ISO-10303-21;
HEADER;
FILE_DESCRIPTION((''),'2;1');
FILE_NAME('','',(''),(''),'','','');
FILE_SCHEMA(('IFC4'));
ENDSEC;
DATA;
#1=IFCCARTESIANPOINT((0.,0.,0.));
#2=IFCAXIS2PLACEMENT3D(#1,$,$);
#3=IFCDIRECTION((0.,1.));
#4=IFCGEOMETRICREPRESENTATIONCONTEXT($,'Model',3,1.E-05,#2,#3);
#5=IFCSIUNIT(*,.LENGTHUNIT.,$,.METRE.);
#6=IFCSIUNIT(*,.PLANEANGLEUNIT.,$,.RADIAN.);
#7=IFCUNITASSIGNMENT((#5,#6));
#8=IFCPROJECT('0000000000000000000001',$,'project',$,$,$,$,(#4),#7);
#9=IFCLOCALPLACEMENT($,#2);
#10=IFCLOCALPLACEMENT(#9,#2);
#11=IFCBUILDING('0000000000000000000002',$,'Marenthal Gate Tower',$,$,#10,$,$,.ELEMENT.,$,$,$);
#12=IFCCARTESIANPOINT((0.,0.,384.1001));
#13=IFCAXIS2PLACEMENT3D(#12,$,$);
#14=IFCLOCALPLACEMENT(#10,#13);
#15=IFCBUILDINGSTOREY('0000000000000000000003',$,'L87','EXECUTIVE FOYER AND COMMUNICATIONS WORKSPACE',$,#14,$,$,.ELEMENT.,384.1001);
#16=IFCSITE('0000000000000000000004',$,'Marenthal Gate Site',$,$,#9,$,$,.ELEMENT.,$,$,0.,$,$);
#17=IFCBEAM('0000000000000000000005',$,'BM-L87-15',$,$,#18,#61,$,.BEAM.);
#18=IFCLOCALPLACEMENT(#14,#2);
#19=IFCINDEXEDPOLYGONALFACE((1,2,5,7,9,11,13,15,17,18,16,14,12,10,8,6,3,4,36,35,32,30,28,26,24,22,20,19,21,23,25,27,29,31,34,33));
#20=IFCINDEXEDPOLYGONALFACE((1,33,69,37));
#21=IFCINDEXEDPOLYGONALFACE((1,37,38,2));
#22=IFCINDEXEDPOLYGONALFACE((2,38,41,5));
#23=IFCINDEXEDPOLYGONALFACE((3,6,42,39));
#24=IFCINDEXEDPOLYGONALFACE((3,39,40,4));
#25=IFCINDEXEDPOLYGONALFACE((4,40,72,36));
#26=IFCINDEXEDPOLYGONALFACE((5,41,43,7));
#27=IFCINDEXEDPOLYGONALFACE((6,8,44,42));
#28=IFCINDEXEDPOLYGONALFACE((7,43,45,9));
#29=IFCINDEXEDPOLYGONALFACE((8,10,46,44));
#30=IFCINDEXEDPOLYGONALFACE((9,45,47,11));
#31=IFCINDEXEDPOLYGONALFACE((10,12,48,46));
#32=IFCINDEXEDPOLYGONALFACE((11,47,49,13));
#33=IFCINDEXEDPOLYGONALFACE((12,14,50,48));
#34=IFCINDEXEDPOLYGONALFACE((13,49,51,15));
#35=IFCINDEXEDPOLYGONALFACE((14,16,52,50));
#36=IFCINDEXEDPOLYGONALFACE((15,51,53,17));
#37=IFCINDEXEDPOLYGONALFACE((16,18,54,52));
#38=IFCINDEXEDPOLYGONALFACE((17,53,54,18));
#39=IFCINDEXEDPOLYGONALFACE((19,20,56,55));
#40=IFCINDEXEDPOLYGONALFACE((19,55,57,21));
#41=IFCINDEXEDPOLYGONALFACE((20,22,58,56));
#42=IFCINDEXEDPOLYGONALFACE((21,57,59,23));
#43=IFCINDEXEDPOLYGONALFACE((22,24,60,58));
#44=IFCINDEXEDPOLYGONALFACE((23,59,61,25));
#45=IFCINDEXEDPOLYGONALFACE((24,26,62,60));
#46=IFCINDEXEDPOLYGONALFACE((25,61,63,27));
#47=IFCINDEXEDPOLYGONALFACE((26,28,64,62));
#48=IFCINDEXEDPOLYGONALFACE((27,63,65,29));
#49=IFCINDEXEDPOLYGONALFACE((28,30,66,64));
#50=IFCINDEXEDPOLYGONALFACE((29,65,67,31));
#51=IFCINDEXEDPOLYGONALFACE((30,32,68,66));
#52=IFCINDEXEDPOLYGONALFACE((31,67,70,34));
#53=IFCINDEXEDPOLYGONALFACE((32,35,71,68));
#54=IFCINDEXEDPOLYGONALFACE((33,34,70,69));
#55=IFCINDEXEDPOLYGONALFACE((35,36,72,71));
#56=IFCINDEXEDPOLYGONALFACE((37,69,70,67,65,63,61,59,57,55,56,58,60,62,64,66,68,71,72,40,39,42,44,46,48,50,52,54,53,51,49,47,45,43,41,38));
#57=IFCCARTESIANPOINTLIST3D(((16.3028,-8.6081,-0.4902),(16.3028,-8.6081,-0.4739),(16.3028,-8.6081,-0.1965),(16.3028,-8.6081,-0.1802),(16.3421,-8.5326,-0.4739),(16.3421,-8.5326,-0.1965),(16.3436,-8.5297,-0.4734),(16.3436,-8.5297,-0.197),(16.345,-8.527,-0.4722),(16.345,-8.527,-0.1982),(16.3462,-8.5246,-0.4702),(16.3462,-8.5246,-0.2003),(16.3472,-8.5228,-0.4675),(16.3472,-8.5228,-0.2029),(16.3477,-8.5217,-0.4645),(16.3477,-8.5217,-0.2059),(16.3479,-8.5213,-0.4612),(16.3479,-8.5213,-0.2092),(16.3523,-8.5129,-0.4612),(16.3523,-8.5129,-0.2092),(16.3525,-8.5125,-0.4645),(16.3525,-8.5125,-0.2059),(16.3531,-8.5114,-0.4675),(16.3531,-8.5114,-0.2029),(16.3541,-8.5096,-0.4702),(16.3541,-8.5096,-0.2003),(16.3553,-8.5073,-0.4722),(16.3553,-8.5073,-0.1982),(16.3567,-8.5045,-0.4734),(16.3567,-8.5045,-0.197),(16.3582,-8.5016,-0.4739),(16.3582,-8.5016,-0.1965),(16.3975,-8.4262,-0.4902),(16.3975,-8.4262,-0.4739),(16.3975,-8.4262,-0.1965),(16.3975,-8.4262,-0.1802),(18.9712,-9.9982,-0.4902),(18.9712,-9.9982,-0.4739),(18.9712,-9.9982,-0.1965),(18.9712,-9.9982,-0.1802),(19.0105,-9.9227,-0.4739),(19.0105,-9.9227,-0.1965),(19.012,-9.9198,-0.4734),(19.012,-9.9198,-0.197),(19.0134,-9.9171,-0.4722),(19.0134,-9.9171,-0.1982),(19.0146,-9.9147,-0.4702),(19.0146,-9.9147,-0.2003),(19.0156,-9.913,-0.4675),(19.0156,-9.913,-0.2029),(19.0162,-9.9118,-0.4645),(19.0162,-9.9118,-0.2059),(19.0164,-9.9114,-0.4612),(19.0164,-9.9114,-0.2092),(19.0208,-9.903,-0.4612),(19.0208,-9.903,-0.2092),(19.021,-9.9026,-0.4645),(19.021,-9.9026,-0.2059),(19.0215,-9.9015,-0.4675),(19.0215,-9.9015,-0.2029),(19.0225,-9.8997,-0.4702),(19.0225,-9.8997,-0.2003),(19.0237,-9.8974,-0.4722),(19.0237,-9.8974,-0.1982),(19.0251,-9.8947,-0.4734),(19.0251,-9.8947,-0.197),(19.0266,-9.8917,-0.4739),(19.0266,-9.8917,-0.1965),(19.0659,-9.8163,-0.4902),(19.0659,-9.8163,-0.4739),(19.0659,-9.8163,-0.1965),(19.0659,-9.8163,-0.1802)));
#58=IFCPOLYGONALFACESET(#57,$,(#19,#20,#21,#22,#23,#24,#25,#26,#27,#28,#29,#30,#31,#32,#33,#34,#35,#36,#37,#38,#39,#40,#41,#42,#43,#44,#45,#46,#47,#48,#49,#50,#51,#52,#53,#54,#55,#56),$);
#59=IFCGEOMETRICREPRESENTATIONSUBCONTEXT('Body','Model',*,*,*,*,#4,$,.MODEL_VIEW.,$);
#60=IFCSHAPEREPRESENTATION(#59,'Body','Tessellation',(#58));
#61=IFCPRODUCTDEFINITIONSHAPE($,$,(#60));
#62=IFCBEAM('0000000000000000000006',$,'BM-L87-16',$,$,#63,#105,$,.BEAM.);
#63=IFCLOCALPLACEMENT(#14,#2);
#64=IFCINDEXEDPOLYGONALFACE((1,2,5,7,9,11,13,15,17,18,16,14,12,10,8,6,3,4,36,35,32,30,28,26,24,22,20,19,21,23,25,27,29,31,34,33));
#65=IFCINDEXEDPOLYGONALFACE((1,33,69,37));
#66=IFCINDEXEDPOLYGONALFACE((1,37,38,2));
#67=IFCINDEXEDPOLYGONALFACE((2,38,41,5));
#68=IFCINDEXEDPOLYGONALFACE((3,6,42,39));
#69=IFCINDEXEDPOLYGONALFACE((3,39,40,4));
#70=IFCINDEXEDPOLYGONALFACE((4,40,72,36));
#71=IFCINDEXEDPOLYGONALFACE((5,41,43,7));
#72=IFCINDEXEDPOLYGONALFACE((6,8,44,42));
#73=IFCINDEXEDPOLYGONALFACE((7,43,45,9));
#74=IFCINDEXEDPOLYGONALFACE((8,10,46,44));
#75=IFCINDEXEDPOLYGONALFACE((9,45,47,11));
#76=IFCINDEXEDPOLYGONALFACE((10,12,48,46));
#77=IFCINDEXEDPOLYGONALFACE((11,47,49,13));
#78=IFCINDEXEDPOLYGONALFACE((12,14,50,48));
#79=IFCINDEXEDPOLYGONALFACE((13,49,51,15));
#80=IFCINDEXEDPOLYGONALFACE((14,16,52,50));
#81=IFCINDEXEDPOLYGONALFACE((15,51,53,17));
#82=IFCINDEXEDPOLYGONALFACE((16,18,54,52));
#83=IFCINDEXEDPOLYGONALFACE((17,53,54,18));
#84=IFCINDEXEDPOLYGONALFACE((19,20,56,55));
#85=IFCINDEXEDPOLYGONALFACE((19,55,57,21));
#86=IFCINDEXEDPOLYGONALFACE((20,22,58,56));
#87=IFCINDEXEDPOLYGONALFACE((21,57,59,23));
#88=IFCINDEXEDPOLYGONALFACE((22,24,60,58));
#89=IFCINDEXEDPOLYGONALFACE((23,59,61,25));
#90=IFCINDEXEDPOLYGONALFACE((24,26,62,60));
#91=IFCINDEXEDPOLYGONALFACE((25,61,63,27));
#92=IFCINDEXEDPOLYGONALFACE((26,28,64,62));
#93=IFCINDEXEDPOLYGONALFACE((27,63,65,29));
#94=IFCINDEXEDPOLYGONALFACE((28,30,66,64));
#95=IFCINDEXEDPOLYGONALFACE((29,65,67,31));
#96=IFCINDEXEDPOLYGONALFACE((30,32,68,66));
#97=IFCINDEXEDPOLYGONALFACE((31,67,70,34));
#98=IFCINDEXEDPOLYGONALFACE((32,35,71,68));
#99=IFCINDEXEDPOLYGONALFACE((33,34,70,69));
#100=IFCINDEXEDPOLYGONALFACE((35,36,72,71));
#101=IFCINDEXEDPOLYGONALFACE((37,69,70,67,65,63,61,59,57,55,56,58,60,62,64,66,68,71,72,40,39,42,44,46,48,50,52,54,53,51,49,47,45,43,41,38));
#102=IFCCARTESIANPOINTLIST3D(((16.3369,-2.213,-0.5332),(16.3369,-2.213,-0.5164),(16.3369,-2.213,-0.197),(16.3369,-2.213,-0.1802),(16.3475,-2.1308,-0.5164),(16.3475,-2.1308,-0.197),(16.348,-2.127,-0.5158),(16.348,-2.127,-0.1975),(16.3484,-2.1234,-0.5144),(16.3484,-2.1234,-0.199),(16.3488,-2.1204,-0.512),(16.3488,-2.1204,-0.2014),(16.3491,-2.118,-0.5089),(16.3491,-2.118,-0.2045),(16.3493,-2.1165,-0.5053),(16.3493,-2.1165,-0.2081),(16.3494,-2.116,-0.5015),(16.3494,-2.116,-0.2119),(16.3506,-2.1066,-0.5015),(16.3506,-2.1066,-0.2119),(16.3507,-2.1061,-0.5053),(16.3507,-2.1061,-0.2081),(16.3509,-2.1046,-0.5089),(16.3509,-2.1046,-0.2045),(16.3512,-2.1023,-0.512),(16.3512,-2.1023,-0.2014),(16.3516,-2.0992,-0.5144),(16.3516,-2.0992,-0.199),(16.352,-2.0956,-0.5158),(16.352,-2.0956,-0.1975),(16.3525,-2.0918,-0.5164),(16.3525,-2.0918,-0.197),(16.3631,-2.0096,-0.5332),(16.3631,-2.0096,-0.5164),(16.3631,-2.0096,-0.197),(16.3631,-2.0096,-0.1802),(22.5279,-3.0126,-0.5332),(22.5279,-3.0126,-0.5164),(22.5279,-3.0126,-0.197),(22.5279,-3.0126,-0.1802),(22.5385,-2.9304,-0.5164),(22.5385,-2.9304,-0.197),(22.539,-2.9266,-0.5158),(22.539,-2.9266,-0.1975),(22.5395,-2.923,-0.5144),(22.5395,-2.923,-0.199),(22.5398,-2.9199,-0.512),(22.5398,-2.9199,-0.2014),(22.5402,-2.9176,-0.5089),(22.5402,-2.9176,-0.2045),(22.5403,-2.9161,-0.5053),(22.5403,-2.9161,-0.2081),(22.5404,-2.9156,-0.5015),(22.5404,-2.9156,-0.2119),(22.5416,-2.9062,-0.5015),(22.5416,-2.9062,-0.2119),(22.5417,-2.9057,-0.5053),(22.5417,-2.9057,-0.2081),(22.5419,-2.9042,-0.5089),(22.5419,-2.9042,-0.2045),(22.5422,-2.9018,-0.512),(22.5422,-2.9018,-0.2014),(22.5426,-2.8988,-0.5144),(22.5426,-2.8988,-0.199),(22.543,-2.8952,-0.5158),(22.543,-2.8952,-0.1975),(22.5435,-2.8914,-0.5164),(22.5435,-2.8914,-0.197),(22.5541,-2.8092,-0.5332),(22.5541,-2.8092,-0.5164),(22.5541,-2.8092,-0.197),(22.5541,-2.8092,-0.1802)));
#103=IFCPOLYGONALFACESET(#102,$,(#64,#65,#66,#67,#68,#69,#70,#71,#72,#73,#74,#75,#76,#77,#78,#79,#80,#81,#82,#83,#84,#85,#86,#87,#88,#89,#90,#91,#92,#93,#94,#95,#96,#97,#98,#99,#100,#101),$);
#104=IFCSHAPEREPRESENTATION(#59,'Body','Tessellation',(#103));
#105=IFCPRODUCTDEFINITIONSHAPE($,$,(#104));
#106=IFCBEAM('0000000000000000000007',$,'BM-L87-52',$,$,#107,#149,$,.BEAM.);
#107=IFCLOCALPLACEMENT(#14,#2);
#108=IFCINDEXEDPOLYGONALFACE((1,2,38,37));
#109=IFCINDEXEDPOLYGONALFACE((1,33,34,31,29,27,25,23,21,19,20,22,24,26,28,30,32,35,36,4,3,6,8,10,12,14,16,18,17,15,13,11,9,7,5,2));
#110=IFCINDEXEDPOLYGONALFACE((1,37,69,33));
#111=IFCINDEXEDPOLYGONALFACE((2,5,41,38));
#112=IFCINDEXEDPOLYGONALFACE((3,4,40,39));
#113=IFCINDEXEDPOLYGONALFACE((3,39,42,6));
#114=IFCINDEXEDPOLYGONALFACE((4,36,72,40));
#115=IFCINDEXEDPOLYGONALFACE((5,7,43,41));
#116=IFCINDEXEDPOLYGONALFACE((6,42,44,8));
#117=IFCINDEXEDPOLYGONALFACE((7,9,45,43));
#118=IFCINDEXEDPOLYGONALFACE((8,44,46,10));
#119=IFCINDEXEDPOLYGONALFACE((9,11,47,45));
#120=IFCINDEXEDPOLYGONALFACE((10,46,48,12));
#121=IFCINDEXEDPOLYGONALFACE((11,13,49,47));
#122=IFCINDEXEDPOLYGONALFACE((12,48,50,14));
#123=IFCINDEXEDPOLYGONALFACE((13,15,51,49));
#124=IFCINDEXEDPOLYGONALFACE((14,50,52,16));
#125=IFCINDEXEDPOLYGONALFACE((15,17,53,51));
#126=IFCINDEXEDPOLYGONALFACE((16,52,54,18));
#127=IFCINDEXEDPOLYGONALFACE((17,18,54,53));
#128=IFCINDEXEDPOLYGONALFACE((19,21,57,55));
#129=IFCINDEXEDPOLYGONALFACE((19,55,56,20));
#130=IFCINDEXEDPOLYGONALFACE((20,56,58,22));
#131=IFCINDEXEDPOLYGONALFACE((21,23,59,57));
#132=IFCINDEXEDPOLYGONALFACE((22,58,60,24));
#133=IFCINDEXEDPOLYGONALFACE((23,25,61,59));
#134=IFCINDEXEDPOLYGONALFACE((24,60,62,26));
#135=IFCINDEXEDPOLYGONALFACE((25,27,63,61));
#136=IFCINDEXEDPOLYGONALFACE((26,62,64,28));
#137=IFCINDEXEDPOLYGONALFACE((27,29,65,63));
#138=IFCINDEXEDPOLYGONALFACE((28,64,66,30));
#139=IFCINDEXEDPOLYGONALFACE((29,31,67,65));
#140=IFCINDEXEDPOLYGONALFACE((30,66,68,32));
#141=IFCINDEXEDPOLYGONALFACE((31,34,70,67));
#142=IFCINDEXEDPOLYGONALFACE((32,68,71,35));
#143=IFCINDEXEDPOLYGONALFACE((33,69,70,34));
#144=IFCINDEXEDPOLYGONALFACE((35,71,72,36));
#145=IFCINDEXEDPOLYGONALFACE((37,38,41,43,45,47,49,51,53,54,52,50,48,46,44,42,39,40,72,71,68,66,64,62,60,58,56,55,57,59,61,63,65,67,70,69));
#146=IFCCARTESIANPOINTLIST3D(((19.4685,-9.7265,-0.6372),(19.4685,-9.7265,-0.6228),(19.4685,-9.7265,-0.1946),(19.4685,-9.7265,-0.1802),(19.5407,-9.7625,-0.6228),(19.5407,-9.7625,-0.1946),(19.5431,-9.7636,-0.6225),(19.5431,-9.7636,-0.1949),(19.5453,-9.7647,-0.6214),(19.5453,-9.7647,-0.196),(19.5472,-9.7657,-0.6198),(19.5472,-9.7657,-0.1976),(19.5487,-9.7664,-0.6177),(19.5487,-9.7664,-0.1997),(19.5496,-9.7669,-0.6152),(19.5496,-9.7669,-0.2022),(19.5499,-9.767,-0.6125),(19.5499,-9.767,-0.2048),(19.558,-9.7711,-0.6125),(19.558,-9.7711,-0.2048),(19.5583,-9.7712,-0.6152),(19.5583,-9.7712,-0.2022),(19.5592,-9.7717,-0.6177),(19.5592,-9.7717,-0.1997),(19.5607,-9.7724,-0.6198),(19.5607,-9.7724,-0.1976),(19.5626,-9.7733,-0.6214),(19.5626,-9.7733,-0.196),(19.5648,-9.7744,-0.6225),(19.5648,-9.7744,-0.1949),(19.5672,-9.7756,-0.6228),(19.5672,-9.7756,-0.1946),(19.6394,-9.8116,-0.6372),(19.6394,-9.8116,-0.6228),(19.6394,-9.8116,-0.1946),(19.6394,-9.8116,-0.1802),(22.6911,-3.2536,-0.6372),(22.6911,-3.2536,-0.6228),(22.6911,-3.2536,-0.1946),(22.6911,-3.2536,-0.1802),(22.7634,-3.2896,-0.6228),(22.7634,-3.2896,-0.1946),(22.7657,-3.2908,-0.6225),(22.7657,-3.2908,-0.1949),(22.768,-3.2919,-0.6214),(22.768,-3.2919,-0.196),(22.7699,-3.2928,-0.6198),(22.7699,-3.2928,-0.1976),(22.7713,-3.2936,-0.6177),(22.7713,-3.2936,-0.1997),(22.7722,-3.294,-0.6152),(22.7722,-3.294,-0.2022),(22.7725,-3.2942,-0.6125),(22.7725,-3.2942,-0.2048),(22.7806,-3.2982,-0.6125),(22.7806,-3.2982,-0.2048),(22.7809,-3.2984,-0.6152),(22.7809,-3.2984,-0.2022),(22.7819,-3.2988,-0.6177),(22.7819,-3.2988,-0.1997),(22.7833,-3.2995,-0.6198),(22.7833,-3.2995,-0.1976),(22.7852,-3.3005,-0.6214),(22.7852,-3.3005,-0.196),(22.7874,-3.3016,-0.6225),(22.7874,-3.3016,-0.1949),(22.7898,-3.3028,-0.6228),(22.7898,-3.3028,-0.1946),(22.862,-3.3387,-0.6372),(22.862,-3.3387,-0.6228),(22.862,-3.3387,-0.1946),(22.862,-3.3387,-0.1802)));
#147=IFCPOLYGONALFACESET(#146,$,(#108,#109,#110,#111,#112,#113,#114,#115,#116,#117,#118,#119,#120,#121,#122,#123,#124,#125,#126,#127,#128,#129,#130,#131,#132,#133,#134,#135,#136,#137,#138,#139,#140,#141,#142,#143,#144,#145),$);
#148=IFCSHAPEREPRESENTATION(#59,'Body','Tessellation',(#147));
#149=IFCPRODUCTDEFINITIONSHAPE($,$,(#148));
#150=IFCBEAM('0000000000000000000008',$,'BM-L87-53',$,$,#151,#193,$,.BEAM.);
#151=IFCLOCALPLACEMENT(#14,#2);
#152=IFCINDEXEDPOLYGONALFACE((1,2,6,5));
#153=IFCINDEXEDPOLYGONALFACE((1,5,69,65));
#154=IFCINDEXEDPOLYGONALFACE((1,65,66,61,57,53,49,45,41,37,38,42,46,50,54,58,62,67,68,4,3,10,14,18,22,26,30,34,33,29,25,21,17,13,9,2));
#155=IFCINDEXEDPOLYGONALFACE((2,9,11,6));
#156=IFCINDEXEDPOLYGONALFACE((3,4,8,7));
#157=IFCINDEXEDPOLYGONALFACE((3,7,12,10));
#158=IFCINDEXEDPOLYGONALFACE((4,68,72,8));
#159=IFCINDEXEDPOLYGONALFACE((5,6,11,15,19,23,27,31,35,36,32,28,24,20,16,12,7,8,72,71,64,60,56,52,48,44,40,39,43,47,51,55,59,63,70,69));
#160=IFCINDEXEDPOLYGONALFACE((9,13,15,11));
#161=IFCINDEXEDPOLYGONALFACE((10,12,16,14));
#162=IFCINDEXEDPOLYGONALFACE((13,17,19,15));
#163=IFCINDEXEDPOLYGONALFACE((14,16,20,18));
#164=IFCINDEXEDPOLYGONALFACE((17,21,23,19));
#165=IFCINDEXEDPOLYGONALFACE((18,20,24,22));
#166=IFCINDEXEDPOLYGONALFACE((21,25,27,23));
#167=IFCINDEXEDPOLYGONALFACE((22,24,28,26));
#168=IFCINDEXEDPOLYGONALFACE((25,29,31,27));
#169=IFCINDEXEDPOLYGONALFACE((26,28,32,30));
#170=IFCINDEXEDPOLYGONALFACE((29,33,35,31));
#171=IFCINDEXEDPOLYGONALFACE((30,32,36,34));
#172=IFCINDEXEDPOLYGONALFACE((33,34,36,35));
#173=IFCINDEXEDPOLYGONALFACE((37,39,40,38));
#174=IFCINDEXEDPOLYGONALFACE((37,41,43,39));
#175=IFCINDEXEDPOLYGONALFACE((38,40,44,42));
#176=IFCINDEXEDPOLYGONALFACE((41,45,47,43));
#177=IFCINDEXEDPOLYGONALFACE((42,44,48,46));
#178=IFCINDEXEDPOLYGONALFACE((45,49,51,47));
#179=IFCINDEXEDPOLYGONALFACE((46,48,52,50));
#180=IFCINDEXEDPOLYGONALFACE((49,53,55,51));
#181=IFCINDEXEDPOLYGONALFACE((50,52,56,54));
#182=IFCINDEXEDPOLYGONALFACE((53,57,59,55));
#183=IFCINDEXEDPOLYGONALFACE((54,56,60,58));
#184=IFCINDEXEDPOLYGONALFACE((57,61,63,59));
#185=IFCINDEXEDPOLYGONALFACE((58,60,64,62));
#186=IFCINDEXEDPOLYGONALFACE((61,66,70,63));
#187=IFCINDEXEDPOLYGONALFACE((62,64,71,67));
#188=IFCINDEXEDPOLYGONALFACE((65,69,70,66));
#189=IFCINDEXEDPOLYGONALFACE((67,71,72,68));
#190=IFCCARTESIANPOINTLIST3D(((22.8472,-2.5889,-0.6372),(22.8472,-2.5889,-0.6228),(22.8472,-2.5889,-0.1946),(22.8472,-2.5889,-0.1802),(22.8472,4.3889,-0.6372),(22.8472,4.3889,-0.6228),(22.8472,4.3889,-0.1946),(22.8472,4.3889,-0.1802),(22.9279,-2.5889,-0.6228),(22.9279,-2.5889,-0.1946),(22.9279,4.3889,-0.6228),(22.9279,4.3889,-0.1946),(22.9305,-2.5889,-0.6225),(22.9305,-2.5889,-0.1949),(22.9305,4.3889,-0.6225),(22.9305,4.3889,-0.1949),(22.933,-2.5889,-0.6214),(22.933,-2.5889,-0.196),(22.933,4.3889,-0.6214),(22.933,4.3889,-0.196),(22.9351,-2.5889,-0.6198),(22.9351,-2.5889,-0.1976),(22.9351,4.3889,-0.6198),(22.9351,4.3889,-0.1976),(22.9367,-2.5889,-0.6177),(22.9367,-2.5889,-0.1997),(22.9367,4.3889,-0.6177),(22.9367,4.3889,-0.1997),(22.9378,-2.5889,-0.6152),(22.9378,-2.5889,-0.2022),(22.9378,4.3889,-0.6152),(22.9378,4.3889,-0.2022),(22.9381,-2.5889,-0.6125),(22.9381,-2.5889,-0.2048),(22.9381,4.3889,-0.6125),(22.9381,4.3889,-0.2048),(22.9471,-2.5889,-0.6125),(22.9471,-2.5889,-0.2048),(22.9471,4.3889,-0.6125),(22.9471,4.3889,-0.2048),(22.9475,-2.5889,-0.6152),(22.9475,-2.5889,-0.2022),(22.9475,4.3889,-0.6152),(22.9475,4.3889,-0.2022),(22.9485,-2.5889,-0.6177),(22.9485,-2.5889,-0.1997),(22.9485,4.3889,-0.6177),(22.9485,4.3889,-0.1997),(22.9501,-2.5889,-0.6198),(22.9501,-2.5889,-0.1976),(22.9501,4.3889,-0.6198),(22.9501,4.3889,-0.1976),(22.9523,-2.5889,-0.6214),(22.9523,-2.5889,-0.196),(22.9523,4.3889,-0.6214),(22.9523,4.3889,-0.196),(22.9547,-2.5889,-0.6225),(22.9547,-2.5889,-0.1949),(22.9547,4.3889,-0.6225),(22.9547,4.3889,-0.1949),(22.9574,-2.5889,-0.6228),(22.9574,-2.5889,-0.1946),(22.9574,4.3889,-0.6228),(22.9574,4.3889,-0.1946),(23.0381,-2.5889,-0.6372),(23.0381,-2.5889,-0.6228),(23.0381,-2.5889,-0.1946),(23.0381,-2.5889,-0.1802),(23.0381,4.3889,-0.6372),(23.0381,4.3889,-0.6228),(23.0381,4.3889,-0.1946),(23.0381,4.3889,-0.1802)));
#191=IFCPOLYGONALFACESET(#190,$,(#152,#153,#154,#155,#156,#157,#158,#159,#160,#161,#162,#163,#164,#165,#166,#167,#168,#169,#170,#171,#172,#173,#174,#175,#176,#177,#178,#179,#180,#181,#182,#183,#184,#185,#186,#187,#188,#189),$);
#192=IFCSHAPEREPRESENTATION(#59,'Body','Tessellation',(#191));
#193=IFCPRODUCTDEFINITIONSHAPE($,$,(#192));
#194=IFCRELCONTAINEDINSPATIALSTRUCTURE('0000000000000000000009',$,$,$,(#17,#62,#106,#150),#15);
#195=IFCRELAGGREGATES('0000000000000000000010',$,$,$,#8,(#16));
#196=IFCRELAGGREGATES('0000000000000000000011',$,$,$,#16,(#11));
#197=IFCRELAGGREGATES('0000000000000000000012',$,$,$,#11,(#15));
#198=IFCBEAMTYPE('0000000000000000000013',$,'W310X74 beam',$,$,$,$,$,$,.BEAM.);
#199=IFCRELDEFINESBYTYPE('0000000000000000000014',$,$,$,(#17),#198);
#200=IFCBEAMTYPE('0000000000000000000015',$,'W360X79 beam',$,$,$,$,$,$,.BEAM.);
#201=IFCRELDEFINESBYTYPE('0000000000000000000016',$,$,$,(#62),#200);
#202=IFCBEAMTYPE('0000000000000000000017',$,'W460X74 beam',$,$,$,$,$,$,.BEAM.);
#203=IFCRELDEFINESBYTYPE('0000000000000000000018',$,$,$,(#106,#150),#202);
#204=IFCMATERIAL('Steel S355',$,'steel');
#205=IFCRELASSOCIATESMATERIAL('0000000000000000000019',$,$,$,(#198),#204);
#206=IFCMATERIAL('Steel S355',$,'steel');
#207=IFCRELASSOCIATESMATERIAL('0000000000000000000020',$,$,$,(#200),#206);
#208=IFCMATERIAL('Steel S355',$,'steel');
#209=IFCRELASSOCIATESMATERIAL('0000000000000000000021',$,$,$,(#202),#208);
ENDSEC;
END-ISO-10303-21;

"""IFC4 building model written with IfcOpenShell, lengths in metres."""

from ifc_helpers import new_model, si_unit, direction, frame, origin, origin_2d, place, context, subcontext, project, spatial, i_section, extrude, material, material_profile, profile_set, type_object, element, save


model = new_model("IFC4")

# Units and contexts
model_context = context("Model", 3, precision=1e-05, world=origin(), true_north=direction((0.0, 1.0)))
body_context = subcontext(model_context, "Body", "Model", "MODEL_VIEW")
ifc_project = project(units=[si_unit("LENGTHUNIT", "METRE"), si_unit("PLANEANGLEUNIT", "RADIAN")], contexts=[model_context])

# Site, building, storey
site_placement = place(None, origin())
site = spatial("IfcSite", under=ifc_project, at=site_placement, Name="Marenthal Gate Site", CompositionType="ELEMENT", RefElevation=0.0)
building_placement = place(site_placement, origin())
building = spatial("IfcBuilding", under=site, at=building_placement, Name="Marenthal Gate Tower", CompositionType="ELEMENT")
storey_placement = place(building_placement, frame((0.0, 0.0, 384.1001)))
storey = spatial("IfcBuildingStorey", under=building, at=storey_placement, Name="L87", Description="EXECUTIVE FOYER AND COMMUNICATIONS WORKSPACE", CompositionType="ELEMENT", Elevation=384.1001)

# Beams
ifc_material_1 = material(Name="Steel S355", Category="steel")
ifc_material_profile_1 = material_profile(ifc_material_1, i_section(OverallWidth=0.2051, OverallDepth=0.3101, WebThickness=0.0095, FlangeThickness=0.0164, FilletRadius=0.0127, at=origin_2d()), Name="W310X74")
ifc_profile_set_1 = profile_set([ifc_material_profile_1], Name="Steel S355")
beam_type_1 = type_object("IfcBeamType", Name="W310X74 beam", PredefinedType="BEAM", material=ifc_profile_set_1)
beam_1_placement = place(storey_placement, frame((19.0186, -9.9072, -0.3352), z_axis=(-0.886871, 0.462017, 0.0), x_axis=(-0.462017, -0.886871, 0.0)))
element("IfcBeam", 1, at=beam_1_placement, inside=storey, type_object=beam_type_1, Name="BM-L87-15", PredefinedType="BEAM", context=body_context, shape_type="SweptSolid", body=[
    extrude(i_section(OverallWidth=0.2051, OverallDepth=0.3101, WebThickness=0.0095, FlangeThickness=0.0164, FilletRadius=0.0127, at=origin_2d()), origin(), (0.0, 0.0, 1.0), 3.0088),
])
ifc_material_2 = material(Name="Steel S355", Category="steel")
ifc_material_profile_2 = material_profile(ifc_material_2, i_section(OverallWidth=0.2051, OverallDepth=0.353, WebThickness=0.0095, FlangeThickness=0.0168, FilletRadius=0.0149, at=origin_2d()), Name="W360X79")
ifc_profile_set_2 = profile_set([ifc_material_profile_2], Name="Steel S355")
beam_type_2 = type_object("IfcBeamType", Name="W360X79 beam", PredefinedType="BEAM", material=ifc_profile_set_2)
beam_2_placement = place(storey_placement, frame((22.541, -2.9109, -0.3567), z_axis=(-0.991763, 0.128087, 0.0), x_axis=(-0.128087, -0.991763, 0.0)))
element("IfcBeam", 2, at=beam_2_placement, inside=storey, type_object=beam_type_2, Name="BM-L87-16", PredefinedType="BEAM", context=body_context, shape_type="SweptSolid", body=[
    extrude(i_section(OverallWidth=0.2051, OverallDepth=0.353, WebThickness=0.0095, FlangeThickness=0.0168, FilletRadius=0.0149, at=origin_2d()), origin(), (0.0, 0.0, 1.0), 6.2424),
])
ifc_material_3 = material(Name="Steel S355", Category="steel")
ifc_material_profile_3 = material_profile(ifc_material_3, i_section(OverallWidth=0.1909, OverallDepth=0.457, WebThickness=0.009, FlangeThickness=0.0144, FilletRadius=0.0103, at=origin_2d()), Name="W460X74")
ifc_profile_set_3 = profile_set([ifc_material_profile_3], Name="Steel S355")
beam_type_3 = type_object("IfcBeamType", Name="W460X74 beam", PredefinedType="BEAM", material=ifc_profile_set_3)
beam_3_placement = place(storey_placement, frame((19.554, -9.769, -0.4087), z_axis=(0.445687, 0.895189, 0.0), x_axis=(-0.895189, 0.445687, 0.0)))
element("IfcBeam", 3, at=beam_3_placement, inside=storey, type_object=beam_type_3, Name="BM-L87-52", PredefinedType="BEAM", context=body_context, shape_type="SweptSolid", body=[
    extrude(i_section(OverallWidth=0.1909, OverallDepth=0.457, WebThickness=0.009, FlangeThickness=0.0144, FilletRadius=0.0103, at=origin_2d()), origin(), (0.0, 0.0, 1.0), 7.2307),
])
beam_4_placement = place(storey_placement, frame((22.9426, -2.5889, -0.4087), z_axis=(0.0, 1.0, 0.0), x_axis=(-1.0, 0.0, 0.0)))
element("IfcBeam", 4, at=beam_4_placement, inside=storey, type_object=beam_type_3, Name="BM-L87-53", PredefinedType="BEAM", context=body_context, shape_type="SweptSolid", body=[
    extrude(i_section(OverallWidth=0.1909, OverallDepth=0.457, WebThickness=0.009, FlangeThickness=0.0144, FilletRadius=0.0103, at=origin_2d()), origin(), (0.0, 0.0, 1.0), 6.9778),
])

save(model, "model.ifc")
